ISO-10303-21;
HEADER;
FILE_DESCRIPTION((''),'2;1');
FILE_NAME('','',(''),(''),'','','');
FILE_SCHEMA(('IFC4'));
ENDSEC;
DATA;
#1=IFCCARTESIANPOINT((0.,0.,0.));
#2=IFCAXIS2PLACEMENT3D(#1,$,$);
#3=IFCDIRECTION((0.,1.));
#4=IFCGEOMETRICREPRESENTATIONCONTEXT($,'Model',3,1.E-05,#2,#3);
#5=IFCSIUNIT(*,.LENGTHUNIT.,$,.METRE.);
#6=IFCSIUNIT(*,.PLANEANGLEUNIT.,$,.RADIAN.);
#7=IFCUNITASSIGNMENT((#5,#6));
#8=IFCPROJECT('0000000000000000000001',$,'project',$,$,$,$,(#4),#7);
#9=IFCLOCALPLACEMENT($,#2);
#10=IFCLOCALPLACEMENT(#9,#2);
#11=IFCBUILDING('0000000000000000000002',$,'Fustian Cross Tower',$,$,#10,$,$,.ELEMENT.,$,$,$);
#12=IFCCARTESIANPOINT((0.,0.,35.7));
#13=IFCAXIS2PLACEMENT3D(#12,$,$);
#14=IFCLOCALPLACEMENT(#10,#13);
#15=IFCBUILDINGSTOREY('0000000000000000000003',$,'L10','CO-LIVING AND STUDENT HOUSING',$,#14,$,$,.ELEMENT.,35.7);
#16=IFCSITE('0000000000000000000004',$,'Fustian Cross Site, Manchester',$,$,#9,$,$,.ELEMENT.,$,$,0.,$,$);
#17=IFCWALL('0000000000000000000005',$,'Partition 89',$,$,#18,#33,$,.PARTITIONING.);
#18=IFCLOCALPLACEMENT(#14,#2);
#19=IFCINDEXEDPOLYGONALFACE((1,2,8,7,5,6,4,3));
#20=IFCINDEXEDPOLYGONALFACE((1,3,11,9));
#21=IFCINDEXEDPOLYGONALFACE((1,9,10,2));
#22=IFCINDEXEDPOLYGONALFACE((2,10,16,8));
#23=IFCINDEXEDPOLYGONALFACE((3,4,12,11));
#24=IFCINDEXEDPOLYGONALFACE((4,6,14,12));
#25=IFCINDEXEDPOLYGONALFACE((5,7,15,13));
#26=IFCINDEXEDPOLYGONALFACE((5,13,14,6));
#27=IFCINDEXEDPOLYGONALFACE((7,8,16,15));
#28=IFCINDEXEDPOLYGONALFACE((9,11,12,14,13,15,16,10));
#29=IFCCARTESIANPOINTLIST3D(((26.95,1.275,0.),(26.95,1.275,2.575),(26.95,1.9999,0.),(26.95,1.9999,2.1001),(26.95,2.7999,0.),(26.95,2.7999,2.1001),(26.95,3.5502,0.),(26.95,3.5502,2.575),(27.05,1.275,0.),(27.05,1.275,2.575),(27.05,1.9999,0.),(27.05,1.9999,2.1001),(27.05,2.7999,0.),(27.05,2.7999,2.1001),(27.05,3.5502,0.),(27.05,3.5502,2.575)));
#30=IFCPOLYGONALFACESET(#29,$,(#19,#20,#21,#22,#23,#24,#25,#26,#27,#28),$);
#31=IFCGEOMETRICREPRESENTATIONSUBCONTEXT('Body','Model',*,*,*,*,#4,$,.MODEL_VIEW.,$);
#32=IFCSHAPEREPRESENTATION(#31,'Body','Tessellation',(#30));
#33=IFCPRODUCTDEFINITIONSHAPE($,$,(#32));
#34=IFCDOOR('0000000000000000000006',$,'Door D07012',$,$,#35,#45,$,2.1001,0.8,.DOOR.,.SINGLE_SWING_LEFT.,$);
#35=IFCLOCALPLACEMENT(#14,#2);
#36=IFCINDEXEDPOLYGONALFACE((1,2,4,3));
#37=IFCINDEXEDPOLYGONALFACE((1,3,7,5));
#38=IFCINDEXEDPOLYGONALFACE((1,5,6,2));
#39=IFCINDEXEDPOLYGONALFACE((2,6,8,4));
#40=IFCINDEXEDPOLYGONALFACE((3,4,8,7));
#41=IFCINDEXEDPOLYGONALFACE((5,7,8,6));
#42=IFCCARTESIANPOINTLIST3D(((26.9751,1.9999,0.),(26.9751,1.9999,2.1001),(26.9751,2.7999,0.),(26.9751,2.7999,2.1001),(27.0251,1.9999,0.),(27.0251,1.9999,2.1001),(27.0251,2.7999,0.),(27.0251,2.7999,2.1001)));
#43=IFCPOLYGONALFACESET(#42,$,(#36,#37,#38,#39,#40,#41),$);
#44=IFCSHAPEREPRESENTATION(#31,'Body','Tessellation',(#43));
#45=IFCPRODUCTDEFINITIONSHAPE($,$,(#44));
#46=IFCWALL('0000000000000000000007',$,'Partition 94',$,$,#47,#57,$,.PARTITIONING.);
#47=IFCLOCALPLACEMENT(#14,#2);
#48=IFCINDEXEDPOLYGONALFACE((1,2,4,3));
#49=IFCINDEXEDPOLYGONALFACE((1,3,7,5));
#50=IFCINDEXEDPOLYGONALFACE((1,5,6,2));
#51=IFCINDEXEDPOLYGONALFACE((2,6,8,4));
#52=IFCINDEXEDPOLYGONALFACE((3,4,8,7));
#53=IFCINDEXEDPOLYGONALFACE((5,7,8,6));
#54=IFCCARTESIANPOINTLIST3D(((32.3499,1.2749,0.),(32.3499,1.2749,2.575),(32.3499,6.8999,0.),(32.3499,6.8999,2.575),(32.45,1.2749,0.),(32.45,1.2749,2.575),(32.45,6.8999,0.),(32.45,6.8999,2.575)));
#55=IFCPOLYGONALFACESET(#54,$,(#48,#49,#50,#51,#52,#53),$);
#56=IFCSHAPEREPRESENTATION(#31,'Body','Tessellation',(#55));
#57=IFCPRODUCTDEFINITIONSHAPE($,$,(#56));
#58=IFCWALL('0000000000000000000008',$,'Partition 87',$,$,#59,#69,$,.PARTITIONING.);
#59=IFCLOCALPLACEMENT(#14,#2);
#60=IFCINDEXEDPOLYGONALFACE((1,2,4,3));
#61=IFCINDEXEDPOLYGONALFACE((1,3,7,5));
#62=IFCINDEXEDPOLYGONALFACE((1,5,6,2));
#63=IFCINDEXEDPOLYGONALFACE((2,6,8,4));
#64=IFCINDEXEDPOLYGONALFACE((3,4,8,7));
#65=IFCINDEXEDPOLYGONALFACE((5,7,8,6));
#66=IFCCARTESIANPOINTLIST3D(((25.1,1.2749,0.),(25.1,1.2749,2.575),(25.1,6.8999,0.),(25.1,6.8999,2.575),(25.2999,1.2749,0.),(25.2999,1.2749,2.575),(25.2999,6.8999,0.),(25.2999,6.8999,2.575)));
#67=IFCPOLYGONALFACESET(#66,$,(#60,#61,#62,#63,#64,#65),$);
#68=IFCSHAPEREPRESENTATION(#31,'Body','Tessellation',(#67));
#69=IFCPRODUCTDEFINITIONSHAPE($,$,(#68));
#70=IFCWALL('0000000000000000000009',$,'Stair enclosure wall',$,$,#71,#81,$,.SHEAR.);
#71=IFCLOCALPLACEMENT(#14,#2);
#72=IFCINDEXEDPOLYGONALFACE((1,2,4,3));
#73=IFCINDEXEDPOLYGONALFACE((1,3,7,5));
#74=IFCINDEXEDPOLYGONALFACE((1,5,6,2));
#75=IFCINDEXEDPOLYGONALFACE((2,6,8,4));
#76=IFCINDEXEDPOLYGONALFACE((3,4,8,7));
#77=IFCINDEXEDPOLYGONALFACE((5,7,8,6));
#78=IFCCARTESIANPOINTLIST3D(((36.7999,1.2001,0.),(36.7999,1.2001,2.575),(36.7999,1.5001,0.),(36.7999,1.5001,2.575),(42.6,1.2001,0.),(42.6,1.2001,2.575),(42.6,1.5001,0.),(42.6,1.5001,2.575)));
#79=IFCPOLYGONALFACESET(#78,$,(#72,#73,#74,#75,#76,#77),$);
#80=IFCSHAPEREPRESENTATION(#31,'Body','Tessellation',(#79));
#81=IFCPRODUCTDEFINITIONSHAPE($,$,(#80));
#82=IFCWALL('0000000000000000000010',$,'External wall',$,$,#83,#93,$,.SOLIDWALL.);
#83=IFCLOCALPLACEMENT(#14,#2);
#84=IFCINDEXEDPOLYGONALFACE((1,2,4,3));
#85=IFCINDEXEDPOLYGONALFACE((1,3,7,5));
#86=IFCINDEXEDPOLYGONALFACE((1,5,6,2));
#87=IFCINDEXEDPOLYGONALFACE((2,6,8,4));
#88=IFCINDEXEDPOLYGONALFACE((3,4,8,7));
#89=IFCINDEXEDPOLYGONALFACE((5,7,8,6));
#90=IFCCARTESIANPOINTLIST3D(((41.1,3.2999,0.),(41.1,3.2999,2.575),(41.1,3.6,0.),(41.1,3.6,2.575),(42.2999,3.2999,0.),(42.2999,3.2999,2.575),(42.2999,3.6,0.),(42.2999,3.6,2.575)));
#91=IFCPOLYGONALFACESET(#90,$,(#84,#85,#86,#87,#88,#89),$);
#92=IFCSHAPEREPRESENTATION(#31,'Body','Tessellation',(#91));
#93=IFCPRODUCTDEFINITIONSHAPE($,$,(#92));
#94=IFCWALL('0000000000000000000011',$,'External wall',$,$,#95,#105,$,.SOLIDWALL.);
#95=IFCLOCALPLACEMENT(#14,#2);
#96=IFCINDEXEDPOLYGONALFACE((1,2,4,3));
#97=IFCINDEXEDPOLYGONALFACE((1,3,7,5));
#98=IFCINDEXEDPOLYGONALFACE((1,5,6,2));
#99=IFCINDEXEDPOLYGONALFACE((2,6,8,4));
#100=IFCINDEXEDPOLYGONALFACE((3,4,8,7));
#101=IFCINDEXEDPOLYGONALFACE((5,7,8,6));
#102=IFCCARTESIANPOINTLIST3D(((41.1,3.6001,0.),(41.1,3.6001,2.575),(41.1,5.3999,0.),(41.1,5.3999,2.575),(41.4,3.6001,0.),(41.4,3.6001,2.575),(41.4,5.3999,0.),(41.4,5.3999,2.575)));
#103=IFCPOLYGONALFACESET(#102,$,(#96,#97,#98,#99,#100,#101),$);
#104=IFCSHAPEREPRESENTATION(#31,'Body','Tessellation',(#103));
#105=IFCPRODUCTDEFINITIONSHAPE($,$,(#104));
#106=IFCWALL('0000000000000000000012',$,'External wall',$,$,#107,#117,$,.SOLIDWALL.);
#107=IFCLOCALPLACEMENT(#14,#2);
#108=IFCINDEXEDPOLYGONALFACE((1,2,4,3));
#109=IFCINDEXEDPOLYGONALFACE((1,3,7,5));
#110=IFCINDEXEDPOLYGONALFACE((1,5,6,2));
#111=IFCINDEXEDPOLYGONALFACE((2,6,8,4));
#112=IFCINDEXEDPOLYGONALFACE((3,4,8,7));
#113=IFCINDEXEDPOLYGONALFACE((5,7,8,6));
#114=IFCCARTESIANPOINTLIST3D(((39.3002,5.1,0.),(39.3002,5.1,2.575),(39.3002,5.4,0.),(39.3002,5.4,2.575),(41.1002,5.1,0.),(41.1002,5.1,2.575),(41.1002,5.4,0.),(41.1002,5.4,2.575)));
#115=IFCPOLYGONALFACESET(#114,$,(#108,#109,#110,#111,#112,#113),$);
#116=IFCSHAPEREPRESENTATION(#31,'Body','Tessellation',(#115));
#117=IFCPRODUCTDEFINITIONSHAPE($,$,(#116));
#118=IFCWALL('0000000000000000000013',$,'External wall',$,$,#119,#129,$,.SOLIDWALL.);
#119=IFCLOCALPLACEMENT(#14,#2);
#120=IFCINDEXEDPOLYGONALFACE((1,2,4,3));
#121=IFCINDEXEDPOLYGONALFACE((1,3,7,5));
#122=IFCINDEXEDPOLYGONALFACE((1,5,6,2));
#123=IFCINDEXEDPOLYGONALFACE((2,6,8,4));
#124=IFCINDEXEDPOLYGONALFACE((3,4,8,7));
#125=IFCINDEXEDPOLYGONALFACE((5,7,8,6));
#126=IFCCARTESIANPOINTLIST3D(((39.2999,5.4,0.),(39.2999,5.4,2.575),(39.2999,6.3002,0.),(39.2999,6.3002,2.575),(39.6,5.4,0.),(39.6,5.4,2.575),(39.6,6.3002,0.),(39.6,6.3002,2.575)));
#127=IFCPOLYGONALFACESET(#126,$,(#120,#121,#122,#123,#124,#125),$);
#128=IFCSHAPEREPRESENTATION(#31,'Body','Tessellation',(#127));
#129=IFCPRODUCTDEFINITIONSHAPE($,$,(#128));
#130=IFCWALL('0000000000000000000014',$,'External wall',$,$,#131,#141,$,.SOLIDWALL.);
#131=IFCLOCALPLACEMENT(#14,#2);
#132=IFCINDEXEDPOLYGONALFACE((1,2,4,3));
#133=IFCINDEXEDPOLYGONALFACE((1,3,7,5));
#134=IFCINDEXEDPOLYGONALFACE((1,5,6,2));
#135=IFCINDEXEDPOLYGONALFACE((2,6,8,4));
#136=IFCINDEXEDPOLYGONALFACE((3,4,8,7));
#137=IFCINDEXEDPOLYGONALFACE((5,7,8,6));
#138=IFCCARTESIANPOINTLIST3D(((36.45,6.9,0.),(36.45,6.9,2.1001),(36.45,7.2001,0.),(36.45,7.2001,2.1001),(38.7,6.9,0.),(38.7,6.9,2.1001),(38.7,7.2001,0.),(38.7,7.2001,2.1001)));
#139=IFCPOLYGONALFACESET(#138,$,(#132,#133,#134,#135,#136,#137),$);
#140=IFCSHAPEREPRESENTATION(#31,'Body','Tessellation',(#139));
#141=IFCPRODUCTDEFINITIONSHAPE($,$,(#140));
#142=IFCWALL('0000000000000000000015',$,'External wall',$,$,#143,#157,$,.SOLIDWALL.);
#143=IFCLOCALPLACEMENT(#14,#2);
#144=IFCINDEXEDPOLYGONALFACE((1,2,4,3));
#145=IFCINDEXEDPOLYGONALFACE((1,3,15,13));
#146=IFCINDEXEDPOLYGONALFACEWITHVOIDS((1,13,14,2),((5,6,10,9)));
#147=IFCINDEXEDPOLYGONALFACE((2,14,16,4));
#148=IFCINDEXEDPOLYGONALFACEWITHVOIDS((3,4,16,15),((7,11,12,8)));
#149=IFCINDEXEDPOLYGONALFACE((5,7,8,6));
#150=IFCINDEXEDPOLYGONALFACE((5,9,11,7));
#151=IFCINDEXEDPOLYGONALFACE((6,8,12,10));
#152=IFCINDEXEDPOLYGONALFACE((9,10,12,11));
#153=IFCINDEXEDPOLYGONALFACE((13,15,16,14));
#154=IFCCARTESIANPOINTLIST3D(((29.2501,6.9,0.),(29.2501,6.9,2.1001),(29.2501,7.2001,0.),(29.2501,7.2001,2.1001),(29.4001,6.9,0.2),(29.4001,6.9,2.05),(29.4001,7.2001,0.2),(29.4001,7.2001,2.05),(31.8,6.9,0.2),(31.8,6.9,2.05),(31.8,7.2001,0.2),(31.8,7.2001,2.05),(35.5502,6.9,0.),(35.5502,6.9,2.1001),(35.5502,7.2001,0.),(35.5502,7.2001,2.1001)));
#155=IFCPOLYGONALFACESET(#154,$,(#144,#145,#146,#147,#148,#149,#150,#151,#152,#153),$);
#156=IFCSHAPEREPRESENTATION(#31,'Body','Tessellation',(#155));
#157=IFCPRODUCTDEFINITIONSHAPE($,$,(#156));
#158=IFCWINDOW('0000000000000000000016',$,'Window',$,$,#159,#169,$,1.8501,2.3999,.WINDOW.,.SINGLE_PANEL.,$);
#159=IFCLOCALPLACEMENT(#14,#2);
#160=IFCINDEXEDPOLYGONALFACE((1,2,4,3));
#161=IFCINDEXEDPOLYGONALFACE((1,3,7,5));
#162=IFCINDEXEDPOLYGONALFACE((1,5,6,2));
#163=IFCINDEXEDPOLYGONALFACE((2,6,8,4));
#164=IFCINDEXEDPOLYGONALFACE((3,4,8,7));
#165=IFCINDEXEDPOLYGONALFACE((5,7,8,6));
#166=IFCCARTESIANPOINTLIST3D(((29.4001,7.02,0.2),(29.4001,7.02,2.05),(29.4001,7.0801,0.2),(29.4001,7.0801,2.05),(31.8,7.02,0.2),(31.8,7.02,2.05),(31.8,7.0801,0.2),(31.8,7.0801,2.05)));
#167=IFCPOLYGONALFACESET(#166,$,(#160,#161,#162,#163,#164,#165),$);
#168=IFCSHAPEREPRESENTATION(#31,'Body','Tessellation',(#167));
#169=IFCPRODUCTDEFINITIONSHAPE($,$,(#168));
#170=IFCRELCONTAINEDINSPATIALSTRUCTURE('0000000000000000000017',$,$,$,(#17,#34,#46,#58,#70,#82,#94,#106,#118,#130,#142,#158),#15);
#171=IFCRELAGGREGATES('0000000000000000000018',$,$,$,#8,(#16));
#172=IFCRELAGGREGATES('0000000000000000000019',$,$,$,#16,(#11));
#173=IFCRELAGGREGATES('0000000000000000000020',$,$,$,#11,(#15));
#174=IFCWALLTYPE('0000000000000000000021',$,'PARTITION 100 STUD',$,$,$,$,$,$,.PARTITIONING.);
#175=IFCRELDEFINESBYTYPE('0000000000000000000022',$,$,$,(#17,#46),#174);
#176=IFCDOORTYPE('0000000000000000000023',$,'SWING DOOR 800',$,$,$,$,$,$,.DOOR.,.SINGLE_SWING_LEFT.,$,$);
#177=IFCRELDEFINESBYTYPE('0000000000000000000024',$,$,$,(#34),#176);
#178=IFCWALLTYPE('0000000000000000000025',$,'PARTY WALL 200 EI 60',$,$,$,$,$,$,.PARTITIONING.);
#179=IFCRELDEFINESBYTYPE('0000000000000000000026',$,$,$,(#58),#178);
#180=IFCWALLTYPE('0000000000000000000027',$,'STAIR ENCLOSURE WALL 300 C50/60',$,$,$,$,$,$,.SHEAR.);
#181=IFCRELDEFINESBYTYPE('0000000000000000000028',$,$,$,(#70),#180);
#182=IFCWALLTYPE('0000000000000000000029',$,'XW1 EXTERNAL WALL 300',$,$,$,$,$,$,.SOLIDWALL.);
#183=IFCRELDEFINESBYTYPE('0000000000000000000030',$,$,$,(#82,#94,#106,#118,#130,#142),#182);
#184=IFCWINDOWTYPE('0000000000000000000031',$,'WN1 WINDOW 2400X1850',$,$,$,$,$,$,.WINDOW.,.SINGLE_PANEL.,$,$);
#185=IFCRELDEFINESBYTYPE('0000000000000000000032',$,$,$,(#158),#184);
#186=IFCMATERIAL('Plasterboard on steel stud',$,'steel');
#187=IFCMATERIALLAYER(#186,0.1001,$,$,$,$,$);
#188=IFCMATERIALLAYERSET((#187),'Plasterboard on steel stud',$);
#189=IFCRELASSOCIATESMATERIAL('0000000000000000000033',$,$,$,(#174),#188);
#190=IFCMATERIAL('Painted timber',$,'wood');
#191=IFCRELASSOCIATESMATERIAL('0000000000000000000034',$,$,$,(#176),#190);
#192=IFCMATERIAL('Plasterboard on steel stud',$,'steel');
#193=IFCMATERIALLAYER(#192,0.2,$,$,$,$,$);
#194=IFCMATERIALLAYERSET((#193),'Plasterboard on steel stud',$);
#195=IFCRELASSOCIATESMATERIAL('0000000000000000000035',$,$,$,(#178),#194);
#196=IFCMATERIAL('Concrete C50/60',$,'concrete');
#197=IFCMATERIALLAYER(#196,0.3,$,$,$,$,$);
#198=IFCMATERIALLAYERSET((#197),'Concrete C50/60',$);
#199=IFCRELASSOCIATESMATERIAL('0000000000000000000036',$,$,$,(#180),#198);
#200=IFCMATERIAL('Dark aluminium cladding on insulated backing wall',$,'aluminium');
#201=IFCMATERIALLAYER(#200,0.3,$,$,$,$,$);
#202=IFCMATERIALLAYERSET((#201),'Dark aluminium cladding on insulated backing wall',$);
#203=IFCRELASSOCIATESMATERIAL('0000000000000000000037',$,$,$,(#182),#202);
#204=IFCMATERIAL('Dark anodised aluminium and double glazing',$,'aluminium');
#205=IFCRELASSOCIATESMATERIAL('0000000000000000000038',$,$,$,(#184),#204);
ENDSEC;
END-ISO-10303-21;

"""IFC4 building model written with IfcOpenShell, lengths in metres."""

from ifc_helpers import new_model, si_unit, direction, frame, frame_2d, origin, place, context, subcontext, project, spatial, rectangle, extrude, material, layer, layer_set, type_object, element, fill, save


model = new_model("IFC4")

# Units and contexts
model_context = context("Model", 3, precision=1e-05, world=origin(), true_north=direction((0.0, 1.0)))
body_context = subcontext(model_context, "Body", "Model", "MODEL_VIEW")
ifc_project = project(units=[si_unit("LENGTHUNIT", "METRE"), si_unit("PLANEANGLEUNIT", "RADIAN")], contexts=[model_context])

# Site, building, storey
site_placement = place(None, origin())
site = spatial("IfcSite", under=ifc_project, at=site_placement, Name="Fustian Cross Site, Manchester", CompositionType="ELEMENT", RefElevation=0.0)
building_placement = place(site_placement, origin())
building = spatial("IfcBuilding", under=site, at=building_placement, Name="Fustian Cross Tower", CompositionType="ELEMENT")
storey_placement = place(building_placement, frame((0.0, 0.0, 35.7)))
storey = spatial("IfcBuildingStorey", under=building, at=storey_placement, Name="L10", Description="CO-LIVING AND STUDENT HOUSING", CompositionType="ELEMENT", Elevation=35.7)

# Shared definitions
ifc_material_1 = material(Name="Plasterboard on steel stud", Category="steel")
ifc_layer_1 = layer(ifc_material_1, 0.1001)
ifc_layer_set_1 = layer_set([ifc_layer_1], Name="Plasterboard on steel stud")
wall_type_1 = type_object("IfcWallType", Name="PARTITION 100 STUD", PredefinedType="PARTITIONING", material=ifc_layer_set_1)

# Shared definitions
ifc_material_2 = material(Name="Painted timber", Category="wood")
door_type = type_object("IfcDoorType", Name="SWING DOOR 800", OperationType="SINGLE_SWING_LEFT", PredefinedType="DOOR", material=ifc_material_2)

# Wall, opening, door
wall_1_placement = place(storey_placement, frame((27.0, 1.2749, 0.0), z_axis=(0.0, 0.0, 1.0), x_axis=(0.0, 1.0, 0.0)))
wall_1 = element("IfcWall", 1, at=wall_1_placement, inside=storey, type_object=wall_type_1, Name="Partition 89", PredefinedType="PARTITIONING", context=body_context, shape_type="SweptSolid", body=[
    extrude(rectangle(XDim=2.2751, YDim=0.1001, at=frame_2d((1.1377, 0.0))), origin(), (0.0, 0.0, 1.0), 2.575),
])
opening_1_placement = place(wall_1_placement, frame((0.7251, 0.0, 0.0)))
opening_1 = element("IfcOpeningElement", 2, at=opening_1_placement, cuts=wall_1, PredefinedType="OPENING", context=body_context, shape_type="SweptSolid", body=[
    extrude(rectangle(XDim=0.8, YDim=2.1001, at=frame_2d((0.3999, 1.05))), frame((0.0, 0.0601, 0.0), z_axis=(0.0, -1.0, 0.0), x_axis=(1.0, 0.0, 0.0)), (0.0, 0.0, 1.0), 0.1201),
])
door_1_placement = place(opening_1_placement, origin())
door_1 = element("IfcDoor", 3, at=door_1_placement, inside=storey, type_object=door_type, Name="Door D07012", OperationType="SINGLE_SWING_LEFT", OverallHeight=2.1001, OverallWidth=0.8, PredefinedType="DOOR", context=body_context, shape_type="SweptSolid", body=[
    extrude(rectangle(XDim=0.8, YDim=2.1001, at=frame_2d((0.3999, 1.05))), frame((0.0, 0.0249, 0.0), z_axis=(0.0, -1.0, 0.0), x_axis=(1.0, 0.0, 0.0)), (0.0, 0.0, 1.0), 0.05),
])
fill(opening_1, door_1)

# Walls
wall_2_placement = place(storey_placement, frame((32.3999, 1.2749, 0.0), z_axis=(0.0, 0.0, 1.0), x_axis=(0.0, 1.0, 0.0)))
element("IfcWall", 4, at=wall_2_placement, inside=storey, type_object=wall_type_1, Name="Partition 94", PredefinedType="PARTITIONING", context=body_context, shape_type="SweptSolid", body=[
    extrude(rectangle(XDim=5.625, YDim=0.1001, at=frame_2d((2.8125, 0.0))), origin(), (0.0, 0.0, 1.0), 2.575),
])
ifc_material_3 = material(Name="Plasterboard on steel stud", Category="steel")
ifc_layer_2 = layer(ifc_material_3, 0.2)
ifc_layer_set_2 = layer_set([ifc_layer_2], Name="Plasterboard on steel stud")
wall_type_2 = type_object("IfcWallType", Name="PARTY WALL 200 EI 60", PredefinedType="PARTITIONING", material=ifc_layer_set_2)
wall_3_placement = place(storey_placement, frame((25.2, 1.2749, 0.0), z_axis=(0.0, 0.0, 1.0), x_axis=(0.0, 1.0, 0.0)))
element("IfcWall", 5, at=wall_3_placement, inside=storey, type_object=wall_type_2, Name="Partition 87", PredefinedType="PARTITIONING", context=body_context, shape_type="SweptSolid", body=[
    extrude(rectangle(XDim=5.625, YDim=0.2, at=frame_2d((2.8125, 0.0))), origin(), (0.0, 0.0, 1.0), 2.575),
])
ifc_material_4 = material(Name="Concrete C50/60", Category="concrete")
ifc_layer_3 = layer(ifc_material_4, 0.3)
ifc_layer_set_3 = layer_set([ifc_layer_3], Name="Concrete C50/60")
wall_type_3 = type_object("IfcWallType", Name="STAIR ENCLOSURE WALL 300 C50/60", PredefinedType="SHEAR", material=ifc_layer_set_3)
wall_4_placement = place(storey_placement, frame((36.8, 1.3501, 0.0), z_axis=(0.0, 0.0, 1.0), x_axis=(1.0, 0.0, 0.0)))
element("IfcWall", 6, at=wall_4_placement, inside=storey, type_object=wall_type_3, Name="Stair enclosure wall", PredefinedType="SHEAR", context=body_context, shape_type="SweptSolid", body=[
    extrude(rectangle(XDim=5.8, YDim=0.3, at=frame_2d((2.8999, 0.0))), origin(), (0.0, 0.0, 1.0), 2.575),
])
ifc_material_5 = material(Name="Dark aluminium cladding on insulated backing wall", Category="aluminium")
ifc_layer_4 = layer(ifc_material_5, 0.3)
ifc_layer_set_4 = layer_set([ifc_layer_4], Name="Dark aluminium cladding on insulated backing wall")
wall_type_4 = type_object("IfcWallType", Name="XW1 EXTERNAL WALL 300", PredefinedType="SOLIDWALL", material=ifc_layer_set_4)
wall_5_placement = place(storey_placement, frame((42.3, 3.45, 0.0), z_axis=(0.0, 0.0, 1.0), x_axis=(-1.0, 0.0, 0.0)))
element("IfcWall", 7, at=wall_5_placement, inside=storey, type_object=wall_type_4, Name="External wall", PredefinedType="SOLIDWALL", context=body_context, shape_type="SweptSolid", body=[
    extrude(rectangle(XDim=1.2, YDim=0.3, at=frame_2d((0.6001, 0.0))), origin(), (0.0, 0.0, 1.0), 2.575),
])
wall_6_placement = place(storey_placement, frame((41.25, 3.6001, 0.0), z_axis=(0.0, 0.0, 1.0), x_axis=(0.0, 1.0, 0.0)))
element("IfcWall", 8, at=wall_6_placement, inside=storey, type_object=wall_type_4, Name="External wall", PredefinedType="SOLIDWALL", context=body_context, shape_type="SweptSolid", body=[
    extrude(rectangle(XDim=1.7998, YDim=0.3, at=frame_2d((0.8999, 0.0))), origin(), (0.0, 0.0, 1.0), 2.575),
])
wall_7_placement = place(storey_placement, frame((41.1001, 5.25, 0.0), z_axis=(0.0, 0.0, 1.0), x_axis=(-1.0, 0.0, 0.0)))
element("IfcWall", 9, at=wall_7_placement, inside=storey, type_object=wall_type_4, Name="External wall", PredefinedType="SOLIDWALL", context=body_context, shape_type="SweptSolid", body=[
    extrude(rectangle(XDim=1.8, YDim=0.3, at=frame_2d((0.8999, 0.0))), origin(), (0.0, 0.0, 1.0), 2.575),
])
wall_8_placement = place(storey_placement, frame((39.45, 5.3999, 0.0), z_axis=(0.0, 0.0, 1.0), x_axis=(0.0, 1.0, 0.0)))
element("IfcWall", 10, at=wall_8_placement, inside=storey, type_object=wall_type_4, Name="External wall", PredefinedType="SOLIDWALL", context=body_context, shape_type="SweptSolid", body=[
    extrude(rectangle(XDim=0.9001, YDim=0.3, at=frame_2d((0.4502, 0.0))), origin(), (0.0, 0.0, 1.0), 2.575),
])
wall_9_placement = place(storey_placement, frame((38.7, 7.05, 0.0), z_axis=(0.0, 0.0, 1.0), x_axis=(-1.0, 0.0, 0.0)))
element("IfcWall", 11, at=wall_9_placement, inside=storey, type_object=wall_type_4, Name="External wall", PredefinedType="SOLIDWALL", context=body_context, shape_type="SweptSolid", body=[
    extrude(rectangle(XDim=2.25, YDim=0.3, at=frame_2d((1.125, 0.0))), origin(), (0.0, 0.0, 1.0), 2.1001),
])

# Wall, opening, window
wall_10_placement = place(storey_placement, frame((35.55, 7.05, 0.0), z_axis=(0.0, 0.0, 1.0), x_axis=(-1.0, 0.0, 0.0)))
wall_10 = element("IfcWall", 12, at=wall_10_placement, inside=storey, type_object=wall_type_4, Name="External wall", PredefinedType="SOLIDWALL", context=body_context, shape_type="SweptSolid", body=[
    extrude(rectangle(XDim=6.3, YDim=0.3, at=frame_2d((3.1499, 0.0))), origin(), (0.0, 0.0, 1.0), 2.1001),
])
opening_2_placement = place(wall_10_placement, frame((3.75, 0.0, 0.2)))
opening_2 = element("IfcOpeningElement", 13, at=opening_2_placement, cuts=wall_10, PredefinedType="OPENING", context=body_context, shape_type="SweptSolid", body=[
    extrude(rectangle(XDim=2.3999, YDim=1.8501, at=frame_2d((1.2, 0.925))), frame((0.0, 0.1599, 0.0), z_axis=(0.0, -1.0, 0.0), x_axis=(1.0, 0.0, 0.0)), (0.0, 0.0, 1.0), 0.3201),
])
ifc_material_6 = material(Name="Dark anodised aluminium and double glazing", Category="aluminium")
window_type_1 = type_object("IfcWindowType", Name="WN1 WINDOW 2400X1850", PartitioningType="SINGLE_PANEL", PredefinedType="WINDOW", material=ifc_material_6)
window_1_placement = place(opening_2_placement, origin())
window_1 = element("IfcWindow", 14, at=window_1_placement, inside=storey, type_object=window_type_1, Name="Window", OverallHeight=1.8501, OverallWidth=2.3999, PartitioningType="SINGLE_PANEL", PredefinedType="WINDOW", context=body_context, shape_type="SweptSolid", body=[
    extrude(rectangle(XDim=2.3999, YDim=1.8501, at=frame_2d((1.2, 0.925))), frame((0.0, 0.03, 0.0), z_axis=(0.0, -1.0, 0.0), x_axis=(1.0, 0.0, 0.0)), (0.0, 0.0, 1.0), 0.0601),
])
fill(opening_2, window_1)

save(model, "model.ifc")
